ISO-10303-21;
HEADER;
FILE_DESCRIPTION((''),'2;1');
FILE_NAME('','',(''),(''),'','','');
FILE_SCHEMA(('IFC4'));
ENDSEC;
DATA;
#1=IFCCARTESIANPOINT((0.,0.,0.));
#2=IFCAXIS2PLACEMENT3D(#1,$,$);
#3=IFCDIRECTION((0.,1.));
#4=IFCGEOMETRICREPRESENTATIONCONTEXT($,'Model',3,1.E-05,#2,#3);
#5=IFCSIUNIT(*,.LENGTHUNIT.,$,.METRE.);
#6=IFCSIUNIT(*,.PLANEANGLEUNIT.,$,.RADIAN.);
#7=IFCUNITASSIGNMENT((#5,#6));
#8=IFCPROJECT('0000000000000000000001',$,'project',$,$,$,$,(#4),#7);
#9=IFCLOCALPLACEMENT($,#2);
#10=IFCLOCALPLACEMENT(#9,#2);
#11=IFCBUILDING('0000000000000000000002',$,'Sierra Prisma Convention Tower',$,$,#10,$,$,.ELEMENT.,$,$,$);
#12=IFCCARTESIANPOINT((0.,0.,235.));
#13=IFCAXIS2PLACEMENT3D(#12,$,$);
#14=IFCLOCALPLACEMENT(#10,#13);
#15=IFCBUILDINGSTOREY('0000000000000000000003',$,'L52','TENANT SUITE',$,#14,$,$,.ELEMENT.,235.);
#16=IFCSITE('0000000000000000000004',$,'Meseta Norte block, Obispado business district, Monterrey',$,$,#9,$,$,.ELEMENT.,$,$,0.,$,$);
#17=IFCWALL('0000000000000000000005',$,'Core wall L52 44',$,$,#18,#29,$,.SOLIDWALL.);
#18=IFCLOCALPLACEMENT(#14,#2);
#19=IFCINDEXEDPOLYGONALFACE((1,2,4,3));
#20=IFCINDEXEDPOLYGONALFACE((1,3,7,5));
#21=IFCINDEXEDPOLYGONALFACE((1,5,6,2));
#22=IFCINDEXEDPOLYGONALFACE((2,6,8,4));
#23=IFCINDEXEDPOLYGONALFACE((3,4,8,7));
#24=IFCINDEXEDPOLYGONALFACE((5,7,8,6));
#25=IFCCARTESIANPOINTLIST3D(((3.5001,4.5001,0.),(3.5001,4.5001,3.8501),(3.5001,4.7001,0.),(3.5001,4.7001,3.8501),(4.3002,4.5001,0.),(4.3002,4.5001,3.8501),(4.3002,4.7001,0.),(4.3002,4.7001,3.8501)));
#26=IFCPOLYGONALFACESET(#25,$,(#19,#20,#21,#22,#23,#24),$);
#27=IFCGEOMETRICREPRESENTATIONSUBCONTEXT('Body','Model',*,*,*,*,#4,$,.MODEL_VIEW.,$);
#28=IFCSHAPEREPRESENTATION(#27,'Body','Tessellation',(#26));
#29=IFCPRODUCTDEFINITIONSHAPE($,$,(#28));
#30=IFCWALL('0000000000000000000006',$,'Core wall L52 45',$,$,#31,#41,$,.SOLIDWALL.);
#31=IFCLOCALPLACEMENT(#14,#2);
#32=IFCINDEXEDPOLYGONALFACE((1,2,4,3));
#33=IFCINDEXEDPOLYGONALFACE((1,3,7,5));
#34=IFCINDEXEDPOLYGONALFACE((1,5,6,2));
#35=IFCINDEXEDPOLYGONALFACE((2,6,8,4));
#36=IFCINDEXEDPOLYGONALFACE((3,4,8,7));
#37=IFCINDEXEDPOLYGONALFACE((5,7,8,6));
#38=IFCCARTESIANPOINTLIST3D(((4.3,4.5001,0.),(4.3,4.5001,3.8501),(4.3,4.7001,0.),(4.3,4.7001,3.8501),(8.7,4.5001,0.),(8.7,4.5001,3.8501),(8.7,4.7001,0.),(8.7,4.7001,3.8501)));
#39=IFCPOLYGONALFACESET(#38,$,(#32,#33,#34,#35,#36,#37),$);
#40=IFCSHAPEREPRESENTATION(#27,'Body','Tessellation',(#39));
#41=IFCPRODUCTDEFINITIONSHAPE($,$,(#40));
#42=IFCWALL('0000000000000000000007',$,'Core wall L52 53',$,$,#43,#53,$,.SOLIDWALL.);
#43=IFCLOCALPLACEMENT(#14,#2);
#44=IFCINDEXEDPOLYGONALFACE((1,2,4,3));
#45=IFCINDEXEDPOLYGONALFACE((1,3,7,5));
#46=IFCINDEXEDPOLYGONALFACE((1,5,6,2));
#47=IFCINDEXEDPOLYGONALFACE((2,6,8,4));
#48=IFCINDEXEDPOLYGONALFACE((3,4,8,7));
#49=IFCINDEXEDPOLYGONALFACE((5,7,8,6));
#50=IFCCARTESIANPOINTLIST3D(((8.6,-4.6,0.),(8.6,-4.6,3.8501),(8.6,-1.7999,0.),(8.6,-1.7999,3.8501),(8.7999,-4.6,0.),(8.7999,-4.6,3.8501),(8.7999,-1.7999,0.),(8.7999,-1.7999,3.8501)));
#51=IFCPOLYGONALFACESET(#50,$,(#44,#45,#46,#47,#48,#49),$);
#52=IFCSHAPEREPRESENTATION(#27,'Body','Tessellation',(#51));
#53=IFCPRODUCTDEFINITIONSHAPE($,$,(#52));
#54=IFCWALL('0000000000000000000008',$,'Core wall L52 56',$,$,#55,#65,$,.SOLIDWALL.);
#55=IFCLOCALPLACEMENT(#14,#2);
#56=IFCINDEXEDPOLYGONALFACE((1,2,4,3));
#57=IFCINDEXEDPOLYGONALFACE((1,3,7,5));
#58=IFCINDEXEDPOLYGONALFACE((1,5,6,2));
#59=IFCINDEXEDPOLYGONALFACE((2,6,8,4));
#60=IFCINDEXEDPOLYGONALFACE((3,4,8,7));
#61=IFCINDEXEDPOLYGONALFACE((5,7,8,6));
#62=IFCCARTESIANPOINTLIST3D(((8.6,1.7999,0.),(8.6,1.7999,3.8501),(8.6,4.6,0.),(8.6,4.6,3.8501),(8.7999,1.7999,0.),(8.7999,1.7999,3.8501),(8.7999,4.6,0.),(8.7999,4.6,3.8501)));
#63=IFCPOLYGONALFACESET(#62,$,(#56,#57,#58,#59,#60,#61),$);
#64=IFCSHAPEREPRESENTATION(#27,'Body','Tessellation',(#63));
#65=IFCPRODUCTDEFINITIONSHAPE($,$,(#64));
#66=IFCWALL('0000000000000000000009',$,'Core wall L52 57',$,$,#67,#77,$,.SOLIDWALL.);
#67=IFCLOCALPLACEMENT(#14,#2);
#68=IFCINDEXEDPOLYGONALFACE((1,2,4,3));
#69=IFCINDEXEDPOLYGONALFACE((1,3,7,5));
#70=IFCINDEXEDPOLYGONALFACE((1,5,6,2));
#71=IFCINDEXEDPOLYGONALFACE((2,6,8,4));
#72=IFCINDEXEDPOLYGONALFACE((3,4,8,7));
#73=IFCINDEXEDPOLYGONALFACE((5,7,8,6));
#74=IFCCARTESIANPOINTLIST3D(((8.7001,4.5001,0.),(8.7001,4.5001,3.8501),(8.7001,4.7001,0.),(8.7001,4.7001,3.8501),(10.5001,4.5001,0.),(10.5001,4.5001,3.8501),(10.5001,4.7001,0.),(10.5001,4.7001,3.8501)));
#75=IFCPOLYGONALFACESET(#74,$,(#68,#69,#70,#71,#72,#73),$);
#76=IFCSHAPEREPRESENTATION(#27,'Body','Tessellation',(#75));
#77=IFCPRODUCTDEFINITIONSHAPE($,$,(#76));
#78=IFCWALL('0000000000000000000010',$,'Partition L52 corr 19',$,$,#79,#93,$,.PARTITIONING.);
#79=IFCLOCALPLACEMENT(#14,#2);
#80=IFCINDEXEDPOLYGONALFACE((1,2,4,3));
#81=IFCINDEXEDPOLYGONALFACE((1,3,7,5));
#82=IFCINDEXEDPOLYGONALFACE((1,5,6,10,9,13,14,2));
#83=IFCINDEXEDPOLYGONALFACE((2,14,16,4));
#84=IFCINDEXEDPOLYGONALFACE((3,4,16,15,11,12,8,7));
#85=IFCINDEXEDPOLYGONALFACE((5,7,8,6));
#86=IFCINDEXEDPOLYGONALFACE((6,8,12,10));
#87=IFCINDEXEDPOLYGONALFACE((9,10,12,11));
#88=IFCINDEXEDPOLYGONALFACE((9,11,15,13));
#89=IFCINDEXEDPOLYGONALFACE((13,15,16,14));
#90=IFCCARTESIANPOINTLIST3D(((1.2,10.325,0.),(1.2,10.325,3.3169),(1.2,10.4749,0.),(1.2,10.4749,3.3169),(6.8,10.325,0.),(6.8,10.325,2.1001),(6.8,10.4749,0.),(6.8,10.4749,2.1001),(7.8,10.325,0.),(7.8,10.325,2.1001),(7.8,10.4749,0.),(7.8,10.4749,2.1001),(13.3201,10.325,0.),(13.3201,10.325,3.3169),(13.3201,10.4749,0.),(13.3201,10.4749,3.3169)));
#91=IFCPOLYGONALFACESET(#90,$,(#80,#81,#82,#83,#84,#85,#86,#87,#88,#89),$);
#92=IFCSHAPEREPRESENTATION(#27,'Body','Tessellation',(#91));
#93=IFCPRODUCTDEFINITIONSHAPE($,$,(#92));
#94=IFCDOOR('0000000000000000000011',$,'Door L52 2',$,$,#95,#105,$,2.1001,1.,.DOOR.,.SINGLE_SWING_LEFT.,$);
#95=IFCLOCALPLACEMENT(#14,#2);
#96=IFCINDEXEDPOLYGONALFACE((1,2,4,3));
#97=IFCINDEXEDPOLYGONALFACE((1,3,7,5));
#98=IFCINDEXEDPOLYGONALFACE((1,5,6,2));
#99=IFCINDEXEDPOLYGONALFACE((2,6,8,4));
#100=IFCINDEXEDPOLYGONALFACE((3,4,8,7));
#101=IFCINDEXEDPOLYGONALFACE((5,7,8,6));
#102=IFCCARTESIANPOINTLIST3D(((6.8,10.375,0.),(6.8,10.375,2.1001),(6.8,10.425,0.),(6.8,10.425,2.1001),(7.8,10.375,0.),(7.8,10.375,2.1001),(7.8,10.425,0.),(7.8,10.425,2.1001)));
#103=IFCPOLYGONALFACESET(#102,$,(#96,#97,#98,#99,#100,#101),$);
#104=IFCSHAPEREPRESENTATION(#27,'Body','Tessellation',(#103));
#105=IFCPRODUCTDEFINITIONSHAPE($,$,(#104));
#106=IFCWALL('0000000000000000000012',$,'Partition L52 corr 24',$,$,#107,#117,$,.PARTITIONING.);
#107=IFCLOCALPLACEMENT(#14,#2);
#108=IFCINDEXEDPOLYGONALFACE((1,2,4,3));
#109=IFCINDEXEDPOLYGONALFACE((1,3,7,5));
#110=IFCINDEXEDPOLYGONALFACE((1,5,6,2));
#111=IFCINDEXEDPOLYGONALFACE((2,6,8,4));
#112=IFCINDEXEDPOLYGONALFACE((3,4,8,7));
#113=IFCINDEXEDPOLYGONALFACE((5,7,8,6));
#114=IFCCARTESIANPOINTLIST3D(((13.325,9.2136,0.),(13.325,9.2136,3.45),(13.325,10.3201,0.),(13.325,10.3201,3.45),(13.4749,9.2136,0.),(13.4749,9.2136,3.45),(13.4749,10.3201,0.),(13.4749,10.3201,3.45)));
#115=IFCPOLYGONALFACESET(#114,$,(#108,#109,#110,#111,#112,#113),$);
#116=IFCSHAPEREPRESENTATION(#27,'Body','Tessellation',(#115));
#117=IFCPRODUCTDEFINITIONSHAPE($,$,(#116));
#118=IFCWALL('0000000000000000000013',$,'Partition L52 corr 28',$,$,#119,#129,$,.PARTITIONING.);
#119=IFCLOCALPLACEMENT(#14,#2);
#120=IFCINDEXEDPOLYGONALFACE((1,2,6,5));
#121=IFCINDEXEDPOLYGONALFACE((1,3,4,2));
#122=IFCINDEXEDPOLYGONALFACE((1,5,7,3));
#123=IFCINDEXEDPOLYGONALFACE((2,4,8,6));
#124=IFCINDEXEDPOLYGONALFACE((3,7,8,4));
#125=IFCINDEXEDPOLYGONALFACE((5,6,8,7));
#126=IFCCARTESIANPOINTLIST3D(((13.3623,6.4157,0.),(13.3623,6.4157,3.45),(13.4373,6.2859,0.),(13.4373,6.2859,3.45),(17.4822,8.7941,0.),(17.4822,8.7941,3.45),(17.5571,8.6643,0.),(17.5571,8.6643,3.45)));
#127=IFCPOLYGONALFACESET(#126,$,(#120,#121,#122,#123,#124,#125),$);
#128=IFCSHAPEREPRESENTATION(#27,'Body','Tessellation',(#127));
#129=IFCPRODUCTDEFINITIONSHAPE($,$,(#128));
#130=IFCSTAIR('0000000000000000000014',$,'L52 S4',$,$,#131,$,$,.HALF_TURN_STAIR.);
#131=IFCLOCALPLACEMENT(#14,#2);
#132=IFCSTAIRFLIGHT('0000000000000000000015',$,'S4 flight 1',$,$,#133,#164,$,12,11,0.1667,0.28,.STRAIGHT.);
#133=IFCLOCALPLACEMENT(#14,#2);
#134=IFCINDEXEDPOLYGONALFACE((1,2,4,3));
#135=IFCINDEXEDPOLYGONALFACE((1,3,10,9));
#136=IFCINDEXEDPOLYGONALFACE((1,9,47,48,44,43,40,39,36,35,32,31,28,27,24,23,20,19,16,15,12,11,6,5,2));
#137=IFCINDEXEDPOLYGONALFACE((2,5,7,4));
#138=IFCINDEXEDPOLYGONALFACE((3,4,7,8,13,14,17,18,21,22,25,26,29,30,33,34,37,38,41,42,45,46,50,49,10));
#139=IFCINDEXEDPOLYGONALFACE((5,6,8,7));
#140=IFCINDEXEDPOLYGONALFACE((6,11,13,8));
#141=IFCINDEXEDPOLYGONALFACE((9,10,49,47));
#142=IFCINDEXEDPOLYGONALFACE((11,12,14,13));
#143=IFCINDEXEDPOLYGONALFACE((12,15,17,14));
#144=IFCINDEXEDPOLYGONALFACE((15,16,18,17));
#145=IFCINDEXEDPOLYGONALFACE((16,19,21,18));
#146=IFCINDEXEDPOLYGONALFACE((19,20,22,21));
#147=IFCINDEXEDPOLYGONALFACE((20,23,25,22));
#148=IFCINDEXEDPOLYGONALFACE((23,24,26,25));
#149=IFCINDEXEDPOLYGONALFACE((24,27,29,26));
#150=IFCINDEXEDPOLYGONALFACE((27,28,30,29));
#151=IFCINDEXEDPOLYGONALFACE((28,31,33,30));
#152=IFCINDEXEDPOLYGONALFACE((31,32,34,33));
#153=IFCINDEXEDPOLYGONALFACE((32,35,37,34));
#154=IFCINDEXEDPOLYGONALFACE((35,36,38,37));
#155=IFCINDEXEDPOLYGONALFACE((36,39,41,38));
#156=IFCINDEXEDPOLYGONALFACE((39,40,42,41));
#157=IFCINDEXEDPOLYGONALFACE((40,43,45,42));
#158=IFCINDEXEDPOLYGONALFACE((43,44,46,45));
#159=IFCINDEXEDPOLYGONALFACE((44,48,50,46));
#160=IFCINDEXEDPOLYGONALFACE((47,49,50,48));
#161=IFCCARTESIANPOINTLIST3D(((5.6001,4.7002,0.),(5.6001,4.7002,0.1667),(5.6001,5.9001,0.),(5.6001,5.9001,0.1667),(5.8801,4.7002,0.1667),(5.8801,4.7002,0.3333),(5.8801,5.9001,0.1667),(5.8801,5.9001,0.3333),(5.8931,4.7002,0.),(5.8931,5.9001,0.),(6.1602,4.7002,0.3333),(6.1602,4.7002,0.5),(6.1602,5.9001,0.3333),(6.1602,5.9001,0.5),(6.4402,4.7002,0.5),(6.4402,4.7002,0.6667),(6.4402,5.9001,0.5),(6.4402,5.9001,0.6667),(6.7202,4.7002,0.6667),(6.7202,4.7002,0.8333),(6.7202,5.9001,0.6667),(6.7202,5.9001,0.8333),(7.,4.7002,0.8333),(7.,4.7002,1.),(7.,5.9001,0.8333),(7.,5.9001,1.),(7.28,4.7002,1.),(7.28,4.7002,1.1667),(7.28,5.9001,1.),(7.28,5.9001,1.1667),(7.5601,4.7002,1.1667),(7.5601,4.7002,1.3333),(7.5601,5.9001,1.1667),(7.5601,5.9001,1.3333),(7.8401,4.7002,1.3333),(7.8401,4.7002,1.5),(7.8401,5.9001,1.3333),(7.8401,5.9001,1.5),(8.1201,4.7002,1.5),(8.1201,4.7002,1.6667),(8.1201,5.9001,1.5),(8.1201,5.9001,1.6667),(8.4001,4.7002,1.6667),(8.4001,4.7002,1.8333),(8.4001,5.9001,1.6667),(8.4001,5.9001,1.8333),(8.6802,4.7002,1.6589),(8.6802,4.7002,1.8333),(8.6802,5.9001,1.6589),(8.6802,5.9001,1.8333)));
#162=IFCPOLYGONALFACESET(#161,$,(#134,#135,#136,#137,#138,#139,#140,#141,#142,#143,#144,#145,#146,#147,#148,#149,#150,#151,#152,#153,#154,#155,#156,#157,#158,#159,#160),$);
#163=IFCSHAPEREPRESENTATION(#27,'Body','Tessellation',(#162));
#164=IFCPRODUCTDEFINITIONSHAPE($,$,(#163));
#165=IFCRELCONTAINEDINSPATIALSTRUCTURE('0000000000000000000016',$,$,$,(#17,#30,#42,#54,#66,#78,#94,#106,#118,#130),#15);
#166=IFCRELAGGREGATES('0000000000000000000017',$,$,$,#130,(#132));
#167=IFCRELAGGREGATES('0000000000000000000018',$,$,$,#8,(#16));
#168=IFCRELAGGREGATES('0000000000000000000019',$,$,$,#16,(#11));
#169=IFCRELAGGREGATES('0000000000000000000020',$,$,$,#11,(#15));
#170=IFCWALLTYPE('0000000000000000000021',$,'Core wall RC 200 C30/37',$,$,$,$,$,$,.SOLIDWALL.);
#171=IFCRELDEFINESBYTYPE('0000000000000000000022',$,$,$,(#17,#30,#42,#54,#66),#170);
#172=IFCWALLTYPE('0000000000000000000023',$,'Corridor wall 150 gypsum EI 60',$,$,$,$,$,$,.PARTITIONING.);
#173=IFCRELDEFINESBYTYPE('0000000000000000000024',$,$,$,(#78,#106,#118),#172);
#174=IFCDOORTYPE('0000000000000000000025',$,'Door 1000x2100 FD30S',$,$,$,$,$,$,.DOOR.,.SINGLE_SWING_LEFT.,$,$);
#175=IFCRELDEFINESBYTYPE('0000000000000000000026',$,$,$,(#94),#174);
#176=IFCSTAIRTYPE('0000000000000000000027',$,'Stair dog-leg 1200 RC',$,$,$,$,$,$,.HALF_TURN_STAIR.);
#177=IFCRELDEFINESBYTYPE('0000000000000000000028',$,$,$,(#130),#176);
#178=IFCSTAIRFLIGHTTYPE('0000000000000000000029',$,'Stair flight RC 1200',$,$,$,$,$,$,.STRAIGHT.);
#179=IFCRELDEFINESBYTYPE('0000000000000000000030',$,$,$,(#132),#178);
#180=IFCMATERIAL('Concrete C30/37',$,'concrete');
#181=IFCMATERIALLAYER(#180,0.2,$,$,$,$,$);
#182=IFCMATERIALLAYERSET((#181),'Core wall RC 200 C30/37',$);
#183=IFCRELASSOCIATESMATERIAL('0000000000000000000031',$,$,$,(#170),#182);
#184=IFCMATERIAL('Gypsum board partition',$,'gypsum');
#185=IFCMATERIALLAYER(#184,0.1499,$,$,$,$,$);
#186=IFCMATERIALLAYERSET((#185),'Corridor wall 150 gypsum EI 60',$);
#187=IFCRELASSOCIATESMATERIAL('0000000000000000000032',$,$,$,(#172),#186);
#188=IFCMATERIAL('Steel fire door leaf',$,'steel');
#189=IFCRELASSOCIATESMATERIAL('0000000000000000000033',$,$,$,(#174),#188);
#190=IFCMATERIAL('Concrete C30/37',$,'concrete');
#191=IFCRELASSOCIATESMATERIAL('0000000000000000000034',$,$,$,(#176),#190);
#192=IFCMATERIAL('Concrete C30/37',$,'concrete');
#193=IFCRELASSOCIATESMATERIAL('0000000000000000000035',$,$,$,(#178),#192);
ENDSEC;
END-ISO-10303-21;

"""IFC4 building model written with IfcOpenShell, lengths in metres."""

from ifc_helpers import new_model, si_unit, direction, frame, frame_2d, origin, place, context, subcontext, project, spatial, polyline, rectangle, outline, extrude, material, layer, layer_set, type_object, element, fill, aggregate, save


model = new_model("IFC4")

# Units and contexts
model_context = context("Model", 3, precision=1e-05, world=origin(), true_north=direction((0.0, 1.0)))
body_context = subcontext(model_context, "Body", "Model", "MODEL_VIEW")
ifc_project = project(units=[si_unit("LENGTHUNIT", "METRE"), si_unit("PLANEANGLEUNIT", "RADIAN")], contexts=[model_context])

# Site, building, storey
site_placement = place(None, origin())
site = spatial("IfcSite", under=ifc_project, at=site_placement, Name="Meseta Norte block, Obispado business district, Monterrey", CompositionType="ELEMENT", RefElevation=0.0)
building_placement = place(site_placement, origin())
building = spatial("IfcBuilding", under=site, at=building_placement, Name="Sierra Prisma Convention Tower", CompositionType="ELEMENT")
storey_placement = place(building_placement, frame((0.0, 0.0, 235.0)))
storey = spatial("IfcBuildingStorey", under=building, at=storey_placement, Name="L52", Description="TENANT SUITE", CompositionType="ELEMENT", Elevation=235.0)

# Walls
ifc_material_1 = material(Name="Concrete C30/37", Category="concrete")
ifc_layer_1 = layer(ifc_material_1, 0.2)
ifc_layer_set_1 = layer_set([ifc_layer_1], Name="Core wall RC 200 C30/37")
wall_type_1 = type_object("IfcWallType", Name="Core wall RC 200 C30/37", PredefinedType="SOLIDWALL", material=ifc_layer_set_1)
wall_1_placement = place(storey_placement, frame((4.3, 4.6001, 0.0), z_axis=(0.0, 0.0, 1.0), x_axis=(-1.0, 0.0, 0.0)))
element("IfcWall", 1, at=wall_1_placement, inside=storey, type_object=wall_type_1, Name="Core wall L52 44", PredefinedType="SOLIDWALL", context=body_context, shape_type="SweptSolid", body=[
    extrude(rectangle(XDim=0.8, YDim=0.2, at=frame_2d((0.3999, 0.0))), origin(), (0.0, 0.0, 1.0), 3.8501),
])
wall_2_placement = place(storey_placement, frame((8.7, 4.6001, 0.0), z_axis=(0.0, 0.0, 1.0), x_axis=(-1.0, 0.0, 0.0)))
element("IfcWall", 2, at=wall_2_placement, inside=storey, type_object=wall_type_1, Name="Core wall L52 45", PredefinedType="SOLIDWALL", context=body_context, shape_type="SweptSolid", body=[
    extrude(rectangle(XDim=4.3999, YDim=0.2, at=frame_2d((2.2, 0.0))), origin(), (0.0, 0.0, 1.0), 3.8501),
])

# Wall
wall_3_placement = place(storey_placement, frame((8.7, -1.8, 0.0), z_axis=(0.0, 0.0, 1.0), x_axis=(0.0, -1.0, 0.0)))
element("IfcWall", 3, at=wall_3_placement, inside=storey, type_object=wall_type_1, Name="Core wall L52 53", PredefinedType="SOLIDWALL", context=body_context, shape_type="SweptSolid", body=[
    extrude(rectangle(XDim=2.8, YDim=0.2, at=frame_2d((1.3999, 0.0))), origin(), (0.0, 0.0, 1.0), 3.8501),
])

# Walls
wall_4_placement = place(storey_placement, frame((8.7, 1.8, 0.0), z_axis=(0.0, 0.0, 1.0), x_axis=(0.0, 1.0, 0.0)))
element("IfcWall", 4, at=wall_4_placement, inside=storey, type_object=wall_type_1, Name="Core wall L52 56", PredefinedType="SOLIDWALL", context=body_context, shape_type="SweptSolid", body=[
    extrude(rectangle(XDim=2.8, YDim=0.2, at=frame_2d((1.3999, 0.0))), origin(), (0.0, 0.0, 1.0), 3.8501),
])
wall_5_placement = place(storey_placement, frame((10.5, 4.6001, 0.0), z_axis=(0.0, 0.0, 1.0), x_axis=(-1.0, 0.0, 0.0)))
element("IfcWall", 5, at=wall_5_placement, inside=storey, type_object=wall_type_1, Name="Core wall L52 57", PredefinedType="SOLIDWALL", context=body_context, shape_type="SweptSolid", body=[
    extrude(rectangle(XDim=1.8, YDim=0.2, at=frame_2d((0.8999, 0.0))), origin(), (0.0, 0.0, 1.0), 3.8501),
])

# Wall, opening, door
ifc_material_2 = material(Name="Gypsum board partition", Category="gypsum")
ifc_layer_2 = layer(ifc_material_2, 0.1499)
ifc_layer_set_2 = layer_set([ifc_layer_2], Name="Corridor wall 150 gypsum EI 60")
wall_type_2 = type_object("IfcWallType", Name="Corridor wall 150 gypsum EI 60", PredefinedType="PARTITIONING", material=ifc_layer_set_2)
wall_6_placement = place(storey_placement, frame((13.3201, 10.3999, 0.0), z_axis=(0.0, 0.0, 1.0), x_axis=(-1.0, 0.0, 0.0)))
wall_6 = element("IfcWall", 6, at=wall_6_placement, inside=storey, type_object=wall_type_2, Name="Partition L52 corr 19", PredefinedType="PARTITIONING", context=body_context, shape_type="SweptSolid", body=[
    extrude(rectangle(XDim=12.1201, YDim=0.1499, at=frame_2d((6.0601, 0.0))), origin(), (0.0, 0.0, 1.0), 3.3169),
])
opening_1_placement = place(wall_6_placement, frame((5.52, 0.0, 0.0)))
opening_1 = element("IfcOpeningElement", 7, at=opening_1_placement, cuts=wall_6, PredefinedType="OPENING", context=body_context, shape_type="SweptSolid", body=[
    extrude(rectangle(XDim=1.0, YDim=2.1001, at=frame_2d((0.5, 1.05))), frame((0.0, 0.075, 0.0), z_axis=(0.0, -1.0, 0.0), x_axis=(1.0, 0.0, 0.0)), (0.0, 0.0, 1.0), 0.1499),
])
ifc_material_3 = material(Name="Steel fire door leaf", Category="steel")
door_type_1 = type_object("IfcDoorType", Name="Door 1000x2100 FD30S", OperationType="SINGLE_SWING_LEFT", PredefinedType="DOOR", material=ifc_material_3)
door_1_placement = place(opening_1_placement, origin())
door_1 = element("IfcDoor", 8, at=door_1_placement, inside=storey, type_object=door_type_1, Name="Door L52 2", OperationType="SINGLE_SWING_LEFT", OverallHeight=2.1001, OverallWidth=1.0, PredefinedType="DOOR", context=body_context, shape_type="SweptSolid", body=[
    extrude(rectangle(XDim=1.0, YDim=2.1001, at=frame_2d((0.5, 1.05))), frame((0.0, 0.0249, 0.0), z_axis=(0.0, -1.0, 0.0), x_axis=(1.0, 0.0, 0.0)), (0.0, 0.0, 1.0), 0.05),
])
fill(opening_1, door_1)

# Walls
wall_7_placement = place(storey_placement, frame((13.3999, 9.2136, 0.0), z_axis=(0.0, 0.0, 1.0), x_axis=(0.0, 1.0, 0.0)))
element("IfcWall", 9, at=wall_7_placement, inside=storey, type_object=wall_type_2, Name="Partition L52 corr 24", PredefinedType="PARTITIONING", context=body_context, shape_type="SweptSolid", body=[
    extrude(rectangle(XDim=1.1064, YDim=0.1499, at=frame_2d((0.5532, 0.0))), origin(), (0.0, 0.0, 1.0), 3.45),
])
wall_8_placement = place(storey_placement, frame((13.3999, 6.3508, 0.0), z_axis=(0.0, 0.0, 1.0), x_axis=(0.866043, 0.49997, 0.0)))
element("IfcWall", 10, at=wall_8_placement, inside=storey, type_object=wall_type_2, Name="Partition L52 corr 28", PredefinedType="PARTITIONING", context=body_context, shape_type="SweptSolid", body=[
    extrude(rectangle(XDim=4.7571, YDim=0.1499, at=frame_2d((2.3784, 0.0))), origin(), (0.0, 0.0, 1.0), 3.45),
])

# Stair, stair flight
ifc_material_4 = material(Name="Concrete C30/37", Category="concrete")
stair_type = type_object("IfcStairType", Name="Stair dog-leg 1200 RC", PredefinedType="HALF_TURN_STAIR", material=ifc_material_4)
stair_placement = place(storey_placement, origin())
stair = element("IfcStair", 11, at=stair_placement, inside=storey, type_object=stair_type, Name="L52 S4", PredefinedType="HALF_TURN_STAIR")
ifc_material_5 = material(Name="Concrete C30/37", Category="concrete")
stair_flight_type = type_object("IfcStairFlightType", Name="Stair flight RC 1200", PredefinedType="STRAIGHT", material=ifc_material_5)
stair_flight_1_placement = place(storey_placement, frame((5.6001, 5.3, 0.0), z_axis=(0.0, 0.0, 1.0), x_axis=(1.0, 0.0, 0.0)))
stair_flight_1 = element("IfcStairFlight", 12, at=stair_flight_1_placement, type_object=stair_flight_type, Name="S4 flight 1", NumberOfRisers=12, NumberOfTreads=11, PredefinedType="STRAIGHT", RiserHeight=0.1667, TreadLength=0.28, context=body_context, shape_type="SweptSolid", body=[
    extrude(outline(polyline([(0.0, 0.0), (0.0, 0.1667), (0.28, 0.1667), (0.28, 0.3333), (0.5601, 0.3333), (0.5601, 0.5), (0.8401, 0.5), (0.8401, 0.6667), (1.1201, 0.6667), (1.1201, 0.8333), (1.3999, 0.8333), (1.3999, 1.0), (1.6799, 1.0), (1.6799, 1.1667), (1.96, 1.1667), (1.96, 1.3333), (2.24, 1.3333), (2.24, 1.5), (2.52, 1.5), (2.52, 1.6667), (2.8, 1.6667), (2.8, 1.8333), (3.0801, 1.8333), (3.0801, 2.0), (3.0801, 1.6589), (0.293, 0.0), (0.0, 0.0)])), frame((0.0, 0.6001, 0.0), z_axis=(0.0, -1.0, 0.0), x_axis=(1.0, 0.0, 0.0)), (0.0, 0.0, 1.0), 1.2),
])
aggregate(stair, [stair_flight_1])

save(model, "model.ifc")
